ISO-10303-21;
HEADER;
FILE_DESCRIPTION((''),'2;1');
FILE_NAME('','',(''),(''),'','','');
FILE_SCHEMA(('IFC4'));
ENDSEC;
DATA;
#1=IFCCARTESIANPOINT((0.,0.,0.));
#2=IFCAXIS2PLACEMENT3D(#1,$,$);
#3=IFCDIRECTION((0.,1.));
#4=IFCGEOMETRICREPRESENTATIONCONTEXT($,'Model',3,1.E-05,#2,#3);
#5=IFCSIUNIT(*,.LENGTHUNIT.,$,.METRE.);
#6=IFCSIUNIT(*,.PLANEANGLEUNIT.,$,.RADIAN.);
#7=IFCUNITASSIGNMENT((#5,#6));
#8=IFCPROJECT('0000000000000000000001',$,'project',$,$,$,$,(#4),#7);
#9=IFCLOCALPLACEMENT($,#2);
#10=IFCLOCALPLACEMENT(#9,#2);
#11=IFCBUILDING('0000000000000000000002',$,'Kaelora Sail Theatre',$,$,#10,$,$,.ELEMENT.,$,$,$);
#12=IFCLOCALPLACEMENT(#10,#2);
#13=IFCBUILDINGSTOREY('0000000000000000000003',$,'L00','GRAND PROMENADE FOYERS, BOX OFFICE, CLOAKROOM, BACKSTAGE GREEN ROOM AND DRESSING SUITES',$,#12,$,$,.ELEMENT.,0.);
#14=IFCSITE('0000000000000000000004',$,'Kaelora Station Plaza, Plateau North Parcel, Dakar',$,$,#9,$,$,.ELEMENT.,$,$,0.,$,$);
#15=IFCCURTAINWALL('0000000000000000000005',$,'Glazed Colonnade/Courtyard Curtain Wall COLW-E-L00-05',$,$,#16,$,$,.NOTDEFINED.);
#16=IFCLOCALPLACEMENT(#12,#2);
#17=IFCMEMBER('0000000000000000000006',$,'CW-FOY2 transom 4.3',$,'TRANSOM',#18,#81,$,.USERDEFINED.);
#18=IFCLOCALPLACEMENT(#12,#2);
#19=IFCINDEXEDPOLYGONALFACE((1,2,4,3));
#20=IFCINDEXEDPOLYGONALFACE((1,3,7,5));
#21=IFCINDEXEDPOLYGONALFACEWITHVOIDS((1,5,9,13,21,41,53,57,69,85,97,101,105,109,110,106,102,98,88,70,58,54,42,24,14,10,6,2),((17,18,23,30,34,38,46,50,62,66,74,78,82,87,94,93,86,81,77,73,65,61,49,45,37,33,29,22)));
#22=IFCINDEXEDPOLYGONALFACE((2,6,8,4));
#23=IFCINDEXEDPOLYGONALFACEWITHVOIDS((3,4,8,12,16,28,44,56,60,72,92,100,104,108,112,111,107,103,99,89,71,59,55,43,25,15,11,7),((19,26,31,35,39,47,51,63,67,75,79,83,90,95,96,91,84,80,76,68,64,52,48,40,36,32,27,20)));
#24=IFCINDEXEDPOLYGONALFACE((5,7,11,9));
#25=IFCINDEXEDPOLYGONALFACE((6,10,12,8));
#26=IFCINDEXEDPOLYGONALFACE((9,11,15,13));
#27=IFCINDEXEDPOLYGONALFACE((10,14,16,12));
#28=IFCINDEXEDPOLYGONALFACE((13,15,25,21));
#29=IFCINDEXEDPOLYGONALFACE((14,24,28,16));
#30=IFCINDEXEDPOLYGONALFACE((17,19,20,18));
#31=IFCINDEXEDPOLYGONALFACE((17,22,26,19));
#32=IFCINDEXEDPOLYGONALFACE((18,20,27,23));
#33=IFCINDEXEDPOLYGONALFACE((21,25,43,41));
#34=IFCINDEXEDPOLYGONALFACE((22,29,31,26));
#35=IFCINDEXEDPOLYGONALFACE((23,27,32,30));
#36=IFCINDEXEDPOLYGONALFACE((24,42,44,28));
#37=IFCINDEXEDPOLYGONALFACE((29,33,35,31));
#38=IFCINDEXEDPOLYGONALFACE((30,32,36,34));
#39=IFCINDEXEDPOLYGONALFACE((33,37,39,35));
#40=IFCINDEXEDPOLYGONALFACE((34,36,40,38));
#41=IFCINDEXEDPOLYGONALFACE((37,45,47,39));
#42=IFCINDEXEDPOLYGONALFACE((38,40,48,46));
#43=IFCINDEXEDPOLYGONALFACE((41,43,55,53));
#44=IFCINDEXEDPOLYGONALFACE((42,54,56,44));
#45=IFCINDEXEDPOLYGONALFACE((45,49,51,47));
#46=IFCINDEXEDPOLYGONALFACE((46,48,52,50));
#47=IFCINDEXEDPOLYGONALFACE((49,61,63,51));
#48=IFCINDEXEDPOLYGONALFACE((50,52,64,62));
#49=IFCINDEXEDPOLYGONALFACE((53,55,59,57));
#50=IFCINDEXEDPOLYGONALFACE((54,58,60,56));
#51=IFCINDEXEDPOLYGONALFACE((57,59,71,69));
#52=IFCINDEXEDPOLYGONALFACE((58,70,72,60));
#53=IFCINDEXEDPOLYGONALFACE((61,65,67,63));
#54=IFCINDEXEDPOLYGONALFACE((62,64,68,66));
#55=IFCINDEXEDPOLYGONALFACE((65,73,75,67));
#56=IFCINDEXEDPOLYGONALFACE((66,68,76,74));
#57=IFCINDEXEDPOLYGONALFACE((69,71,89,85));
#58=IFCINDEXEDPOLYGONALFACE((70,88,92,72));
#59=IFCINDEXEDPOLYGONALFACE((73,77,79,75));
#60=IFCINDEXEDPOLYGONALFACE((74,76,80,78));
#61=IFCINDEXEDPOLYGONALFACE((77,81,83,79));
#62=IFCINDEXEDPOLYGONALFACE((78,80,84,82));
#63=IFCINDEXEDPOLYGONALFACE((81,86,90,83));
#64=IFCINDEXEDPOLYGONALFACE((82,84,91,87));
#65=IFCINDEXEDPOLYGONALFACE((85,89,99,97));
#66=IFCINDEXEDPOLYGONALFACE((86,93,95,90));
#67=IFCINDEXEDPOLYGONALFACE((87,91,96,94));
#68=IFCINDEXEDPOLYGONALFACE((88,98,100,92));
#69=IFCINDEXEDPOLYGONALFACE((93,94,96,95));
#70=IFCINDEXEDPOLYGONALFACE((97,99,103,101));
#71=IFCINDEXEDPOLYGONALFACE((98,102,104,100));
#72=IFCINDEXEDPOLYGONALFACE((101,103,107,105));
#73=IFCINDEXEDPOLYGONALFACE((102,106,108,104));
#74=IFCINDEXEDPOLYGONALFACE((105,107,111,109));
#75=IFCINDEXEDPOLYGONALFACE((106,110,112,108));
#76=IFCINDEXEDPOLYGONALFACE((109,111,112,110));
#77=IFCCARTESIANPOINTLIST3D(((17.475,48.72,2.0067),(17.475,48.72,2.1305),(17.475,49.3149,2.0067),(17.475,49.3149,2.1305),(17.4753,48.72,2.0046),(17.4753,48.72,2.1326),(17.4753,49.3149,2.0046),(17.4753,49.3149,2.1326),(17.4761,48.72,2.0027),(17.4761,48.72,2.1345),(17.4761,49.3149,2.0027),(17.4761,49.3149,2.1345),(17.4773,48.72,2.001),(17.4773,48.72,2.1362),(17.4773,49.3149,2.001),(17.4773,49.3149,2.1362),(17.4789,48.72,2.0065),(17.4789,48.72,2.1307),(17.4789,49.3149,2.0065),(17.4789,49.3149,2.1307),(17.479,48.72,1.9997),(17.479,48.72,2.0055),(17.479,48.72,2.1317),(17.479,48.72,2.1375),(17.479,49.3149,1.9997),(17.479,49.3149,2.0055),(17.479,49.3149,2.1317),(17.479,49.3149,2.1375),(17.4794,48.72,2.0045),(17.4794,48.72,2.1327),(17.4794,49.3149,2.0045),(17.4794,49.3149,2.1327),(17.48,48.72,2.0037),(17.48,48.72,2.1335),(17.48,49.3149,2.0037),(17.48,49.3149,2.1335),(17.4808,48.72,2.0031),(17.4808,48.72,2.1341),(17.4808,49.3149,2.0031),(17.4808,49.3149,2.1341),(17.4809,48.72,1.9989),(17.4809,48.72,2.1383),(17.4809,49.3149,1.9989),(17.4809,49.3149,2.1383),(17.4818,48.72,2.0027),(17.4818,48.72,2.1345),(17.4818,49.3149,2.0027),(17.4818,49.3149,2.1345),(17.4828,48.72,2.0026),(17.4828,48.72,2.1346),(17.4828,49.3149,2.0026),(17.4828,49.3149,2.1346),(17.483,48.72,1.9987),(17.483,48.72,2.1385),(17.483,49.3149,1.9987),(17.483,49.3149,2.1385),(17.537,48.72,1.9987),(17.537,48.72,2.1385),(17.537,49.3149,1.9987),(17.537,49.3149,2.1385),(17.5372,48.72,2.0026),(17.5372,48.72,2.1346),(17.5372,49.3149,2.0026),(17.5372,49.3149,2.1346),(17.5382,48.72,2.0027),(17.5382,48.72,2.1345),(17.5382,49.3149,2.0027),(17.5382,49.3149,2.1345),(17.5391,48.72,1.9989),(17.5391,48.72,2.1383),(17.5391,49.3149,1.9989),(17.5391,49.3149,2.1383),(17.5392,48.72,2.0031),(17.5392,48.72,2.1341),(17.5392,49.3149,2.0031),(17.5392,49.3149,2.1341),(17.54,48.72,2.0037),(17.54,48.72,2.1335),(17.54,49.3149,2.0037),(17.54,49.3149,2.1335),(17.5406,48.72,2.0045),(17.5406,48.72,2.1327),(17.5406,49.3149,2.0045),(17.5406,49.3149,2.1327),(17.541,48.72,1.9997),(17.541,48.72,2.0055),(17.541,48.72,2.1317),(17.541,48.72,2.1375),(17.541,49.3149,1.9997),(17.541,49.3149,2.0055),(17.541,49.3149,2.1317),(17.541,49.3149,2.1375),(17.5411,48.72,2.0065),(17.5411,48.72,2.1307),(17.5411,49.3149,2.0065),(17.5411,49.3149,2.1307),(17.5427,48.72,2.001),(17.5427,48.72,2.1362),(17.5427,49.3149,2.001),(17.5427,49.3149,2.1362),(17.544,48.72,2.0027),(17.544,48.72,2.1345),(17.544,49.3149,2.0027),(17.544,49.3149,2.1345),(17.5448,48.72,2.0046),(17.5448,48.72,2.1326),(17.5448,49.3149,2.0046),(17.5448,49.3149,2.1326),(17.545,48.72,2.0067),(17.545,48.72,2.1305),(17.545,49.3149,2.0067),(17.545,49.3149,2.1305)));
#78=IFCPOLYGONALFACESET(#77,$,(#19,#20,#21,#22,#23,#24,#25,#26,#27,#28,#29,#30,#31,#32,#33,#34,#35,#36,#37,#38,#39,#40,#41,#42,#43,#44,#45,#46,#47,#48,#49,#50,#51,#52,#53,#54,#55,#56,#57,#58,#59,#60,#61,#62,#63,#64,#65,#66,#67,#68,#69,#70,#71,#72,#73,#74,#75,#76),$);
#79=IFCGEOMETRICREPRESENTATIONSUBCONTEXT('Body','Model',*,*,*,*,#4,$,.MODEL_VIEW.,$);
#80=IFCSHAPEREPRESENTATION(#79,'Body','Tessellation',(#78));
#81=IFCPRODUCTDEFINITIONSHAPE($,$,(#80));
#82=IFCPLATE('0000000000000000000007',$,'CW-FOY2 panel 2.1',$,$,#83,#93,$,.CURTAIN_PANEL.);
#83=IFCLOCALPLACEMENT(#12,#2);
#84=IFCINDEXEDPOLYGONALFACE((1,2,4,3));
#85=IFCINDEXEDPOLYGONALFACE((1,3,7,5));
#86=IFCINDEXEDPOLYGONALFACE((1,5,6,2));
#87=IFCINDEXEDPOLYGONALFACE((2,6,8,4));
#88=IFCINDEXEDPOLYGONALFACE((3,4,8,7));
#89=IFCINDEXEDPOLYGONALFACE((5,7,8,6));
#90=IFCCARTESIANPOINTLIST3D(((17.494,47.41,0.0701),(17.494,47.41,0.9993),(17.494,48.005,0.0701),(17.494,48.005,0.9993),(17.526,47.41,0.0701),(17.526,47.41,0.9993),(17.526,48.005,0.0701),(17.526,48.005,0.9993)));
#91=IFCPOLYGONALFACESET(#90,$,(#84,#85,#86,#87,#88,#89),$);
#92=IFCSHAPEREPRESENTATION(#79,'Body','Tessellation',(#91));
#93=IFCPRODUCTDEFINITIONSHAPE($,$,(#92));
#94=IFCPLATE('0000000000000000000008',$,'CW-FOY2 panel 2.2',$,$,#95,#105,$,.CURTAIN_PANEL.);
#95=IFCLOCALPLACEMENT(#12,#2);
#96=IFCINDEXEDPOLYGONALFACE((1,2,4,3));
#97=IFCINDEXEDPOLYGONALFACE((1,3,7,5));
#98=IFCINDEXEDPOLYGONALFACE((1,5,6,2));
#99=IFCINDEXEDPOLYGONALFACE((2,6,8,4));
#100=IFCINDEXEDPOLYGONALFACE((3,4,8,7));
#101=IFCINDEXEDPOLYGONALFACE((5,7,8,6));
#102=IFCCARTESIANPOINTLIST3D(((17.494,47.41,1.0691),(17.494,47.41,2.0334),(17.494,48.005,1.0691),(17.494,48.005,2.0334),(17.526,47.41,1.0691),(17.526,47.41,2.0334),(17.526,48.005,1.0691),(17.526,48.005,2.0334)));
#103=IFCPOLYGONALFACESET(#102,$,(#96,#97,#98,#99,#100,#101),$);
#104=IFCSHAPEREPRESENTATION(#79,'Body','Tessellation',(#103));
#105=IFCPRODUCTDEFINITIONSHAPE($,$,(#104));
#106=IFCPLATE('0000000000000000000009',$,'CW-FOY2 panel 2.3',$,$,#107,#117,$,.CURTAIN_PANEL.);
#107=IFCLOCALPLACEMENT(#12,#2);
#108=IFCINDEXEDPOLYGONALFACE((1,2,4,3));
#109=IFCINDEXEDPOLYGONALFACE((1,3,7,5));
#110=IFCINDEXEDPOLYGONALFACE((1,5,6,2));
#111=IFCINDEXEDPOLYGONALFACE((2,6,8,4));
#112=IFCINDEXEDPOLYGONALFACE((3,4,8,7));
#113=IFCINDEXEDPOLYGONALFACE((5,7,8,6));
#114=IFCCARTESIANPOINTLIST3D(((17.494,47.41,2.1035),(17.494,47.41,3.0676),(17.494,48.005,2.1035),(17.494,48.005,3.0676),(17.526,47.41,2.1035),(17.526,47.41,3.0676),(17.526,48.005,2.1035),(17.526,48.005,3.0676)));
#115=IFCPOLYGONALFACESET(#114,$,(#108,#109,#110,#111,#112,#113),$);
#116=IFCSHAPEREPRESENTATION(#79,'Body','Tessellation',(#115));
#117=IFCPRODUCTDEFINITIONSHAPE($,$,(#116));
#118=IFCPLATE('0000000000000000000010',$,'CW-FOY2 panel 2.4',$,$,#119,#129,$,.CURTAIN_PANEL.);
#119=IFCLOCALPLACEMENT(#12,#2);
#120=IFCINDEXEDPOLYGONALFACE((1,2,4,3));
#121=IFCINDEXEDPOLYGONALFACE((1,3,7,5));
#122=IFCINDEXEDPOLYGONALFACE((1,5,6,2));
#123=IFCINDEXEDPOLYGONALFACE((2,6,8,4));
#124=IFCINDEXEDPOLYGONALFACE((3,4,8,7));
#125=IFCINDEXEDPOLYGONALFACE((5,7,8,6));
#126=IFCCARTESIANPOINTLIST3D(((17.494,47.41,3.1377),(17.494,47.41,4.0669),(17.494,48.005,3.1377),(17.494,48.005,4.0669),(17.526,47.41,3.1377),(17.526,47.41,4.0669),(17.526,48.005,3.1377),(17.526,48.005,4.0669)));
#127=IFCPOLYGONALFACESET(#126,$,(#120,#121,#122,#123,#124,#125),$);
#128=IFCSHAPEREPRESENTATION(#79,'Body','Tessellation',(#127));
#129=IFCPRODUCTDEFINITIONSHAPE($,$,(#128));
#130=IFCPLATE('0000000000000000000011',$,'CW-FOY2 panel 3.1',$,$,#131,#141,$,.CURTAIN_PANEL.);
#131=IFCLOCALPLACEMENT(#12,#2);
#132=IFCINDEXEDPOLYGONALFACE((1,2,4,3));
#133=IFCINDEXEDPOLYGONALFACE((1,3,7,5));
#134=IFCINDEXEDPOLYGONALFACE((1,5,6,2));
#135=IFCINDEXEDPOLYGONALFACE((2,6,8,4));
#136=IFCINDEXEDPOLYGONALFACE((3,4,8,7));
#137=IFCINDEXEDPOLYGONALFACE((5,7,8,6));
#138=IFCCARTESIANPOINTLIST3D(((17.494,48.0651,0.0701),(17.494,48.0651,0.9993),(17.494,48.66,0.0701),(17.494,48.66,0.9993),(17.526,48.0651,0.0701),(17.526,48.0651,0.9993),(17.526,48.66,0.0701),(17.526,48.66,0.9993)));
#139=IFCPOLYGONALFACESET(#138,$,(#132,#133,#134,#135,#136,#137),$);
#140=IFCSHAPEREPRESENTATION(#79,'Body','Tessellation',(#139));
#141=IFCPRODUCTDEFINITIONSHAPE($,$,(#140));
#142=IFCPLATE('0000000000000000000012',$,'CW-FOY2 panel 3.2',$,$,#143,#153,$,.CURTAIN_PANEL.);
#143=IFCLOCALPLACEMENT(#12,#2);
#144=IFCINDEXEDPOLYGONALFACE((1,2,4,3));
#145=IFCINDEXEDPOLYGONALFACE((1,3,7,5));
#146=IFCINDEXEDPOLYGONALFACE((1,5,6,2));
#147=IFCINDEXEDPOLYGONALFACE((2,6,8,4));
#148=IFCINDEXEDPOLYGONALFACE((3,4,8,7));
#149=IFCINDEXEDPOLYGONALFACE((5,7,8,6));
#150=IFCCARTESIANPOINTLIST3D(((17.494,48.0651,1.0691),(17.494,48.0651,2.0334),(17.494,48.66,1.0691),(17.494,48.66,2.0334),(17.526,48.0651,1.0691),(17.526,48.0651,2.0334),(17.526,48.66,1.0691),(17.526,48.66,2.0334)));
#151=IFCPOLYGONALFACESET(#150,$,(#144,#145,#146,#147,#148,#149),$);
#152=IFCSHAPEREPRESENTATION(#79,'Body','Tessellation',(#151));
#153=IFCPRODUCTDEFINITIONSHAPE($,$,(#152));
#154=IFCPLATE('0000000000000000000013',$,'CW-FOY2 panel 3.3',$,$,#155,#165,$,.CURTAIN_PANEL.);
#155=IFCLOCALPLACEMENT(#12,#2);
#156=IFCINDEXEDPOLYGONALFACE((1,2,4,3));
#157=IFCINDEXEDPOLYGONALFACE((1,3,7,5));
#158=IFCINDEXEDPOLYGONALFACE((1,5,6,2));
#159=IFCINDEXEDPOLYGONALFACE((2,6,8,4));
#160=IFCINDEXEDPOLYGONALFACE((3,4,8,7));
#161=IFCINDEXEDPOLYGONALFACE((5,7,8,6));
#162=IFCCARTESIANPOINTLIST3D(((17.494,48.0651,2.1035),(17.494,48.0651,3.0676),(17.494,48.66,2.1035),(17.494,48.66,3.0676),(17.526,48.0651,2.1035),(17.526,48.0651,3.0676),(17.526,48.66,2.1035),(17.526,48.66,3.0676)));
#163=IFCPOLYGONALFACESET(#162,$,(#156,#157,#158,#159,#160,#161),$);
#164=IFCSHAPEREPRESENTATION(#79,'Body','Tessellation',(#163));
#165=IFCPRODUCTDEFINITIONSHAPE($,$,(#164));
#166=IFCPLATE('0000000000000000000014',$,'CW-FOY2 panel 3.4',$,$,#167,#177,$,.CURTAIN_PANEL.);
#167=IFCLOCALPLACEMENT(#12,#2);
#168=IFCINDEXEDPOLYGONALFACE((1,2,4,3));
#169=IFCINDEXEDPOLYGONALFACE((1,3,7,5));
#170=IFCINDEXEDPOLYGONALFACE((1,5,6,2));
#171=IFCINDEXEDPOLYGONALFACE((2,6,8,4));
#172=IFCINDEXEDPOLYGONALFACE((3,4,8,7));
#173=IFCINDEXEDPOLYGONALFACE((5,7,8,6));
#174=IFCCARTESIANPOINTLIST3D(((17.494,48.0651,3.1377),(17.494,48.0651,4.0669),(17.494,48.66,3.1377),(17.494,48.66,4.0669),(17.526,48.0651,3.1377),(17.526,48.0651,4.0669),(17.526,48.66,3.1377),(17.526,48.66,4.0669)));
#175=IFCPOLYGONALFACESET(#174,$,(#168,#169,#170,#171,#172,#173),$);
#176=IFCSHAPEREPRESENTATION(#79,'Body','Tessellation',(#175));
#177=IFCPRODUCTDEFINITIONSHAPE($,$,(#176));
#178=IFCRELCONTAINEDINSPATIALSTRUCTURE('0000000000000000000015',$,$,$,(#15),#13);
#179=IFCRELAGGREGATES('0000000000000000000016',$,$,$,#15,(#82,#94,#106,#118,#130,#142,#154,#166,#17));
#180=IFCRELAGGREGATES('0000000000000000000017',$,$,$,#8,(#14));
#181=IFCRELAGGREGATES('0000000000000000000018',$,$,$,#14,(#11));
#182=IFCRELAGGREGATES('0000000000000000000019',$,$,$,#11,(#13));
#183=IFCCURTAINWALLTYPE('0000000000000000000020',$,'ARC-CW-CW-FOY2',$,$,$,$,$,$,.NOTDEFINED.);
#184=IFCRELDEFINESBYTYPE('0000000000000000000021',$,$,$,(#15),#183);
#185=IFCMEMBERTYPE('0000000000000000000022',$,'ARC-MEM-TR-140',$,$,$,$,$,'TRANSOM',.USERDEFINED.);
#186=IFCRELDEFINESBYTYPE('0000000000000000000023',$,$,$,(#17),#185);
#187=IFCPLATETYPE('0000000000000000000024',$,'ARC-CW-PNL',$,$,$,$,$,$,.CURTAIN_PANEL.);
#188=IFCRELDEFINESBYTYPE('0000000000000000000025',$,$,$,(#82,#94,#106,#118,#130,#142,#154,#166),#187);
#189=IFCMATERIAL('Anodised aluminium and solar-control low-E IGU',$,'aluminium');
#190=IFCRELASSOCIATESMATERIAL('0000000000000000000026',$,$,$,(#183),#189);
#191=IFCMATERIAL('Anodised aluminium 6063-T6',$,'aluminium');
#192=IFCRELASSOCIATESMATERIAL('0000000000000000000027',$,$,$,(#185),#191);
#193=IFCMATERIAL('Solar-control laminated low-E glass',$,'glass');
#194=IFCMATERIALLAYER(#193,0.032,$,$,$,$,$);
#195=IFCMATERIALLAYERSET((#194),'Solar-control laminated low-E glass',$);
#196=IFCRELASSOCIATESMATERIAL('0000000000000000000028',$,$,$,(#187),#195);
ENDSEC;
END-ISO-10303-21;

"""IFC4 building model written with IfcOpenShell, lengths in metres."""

from ifc_helpers import new_model, si_unit, direction, frame, origin, origin_2d, place, context, subcontext, project, spatial, rectangle, hollow_rectangle, extrude, material, layer, layer_set, material_profile, profile_set, type_object, element, aggregate, save


model = new_model("IFC4")

# Units and contexts
model_context = context("Model", 3, precision=1e-05, world=origin(), true_north=direction((0.0, 1.0)))
body_context = subcontext(model_context, "Body", "Model", "MODEL_VIEW")
ifc_project = project(units=[si_unit("LENGTHUNIT", "METRE"), si_unit("PLANEANGLEUNIT", "RADIAN")], contexts=[model_context])

# Site, building, storey
site_placement = place(None, origin())
site = spatial("IfcSite", under=ifc_project, at=site_placement, Name="Kaelora Station Plaza, Plateau North Parcel, Dakar", CompositionType="ELEMENT", RefElevation=0.0)
building_placement = place(site_placement, origin())
building = spatial("IfcBuilding", under=site, at=building_placement, Name="Kaelora Sail Theatre", CompositionType="ELEMENT")
storey_placement = place(building_placement, origin())
storey = spatial("IfcBuildingStorey", under=building, at=storey_placement, Name="L00", Description="GRAND PROMENADE FOYERS, BOX OFFICE, CLOAKROOM, BACKSTAGE GREEN ROOM AND DRESSING SUITES", CompositionType="ELEMENT", Elevation=0.0)

# Curtain wall, member, plates
ifc_material_1 = material(Name="Anodised aluminium and solar-control low-E IGU", Category="aluminium")
curtain_wall_type = type_object("IfcCurtainWallType", Name="ARC-CW-CW-FOY2", PredefinedType="NOTDEFINED", material=ifc_material_1)
curtain_wall_placement = place(storey_placement, origin())
curtain_wall = element("IfcCurtainWall", 1, at=curtain_wall_placement, inside=storey, type_object=curtain_wall_type, Name="Glazed Colonnade/Courtyard Curtain Wall COLW-E-L00-05", PredefinedType="NOTDEFINED")
ifc_material_2 = material(Name="Anodised aluminium 6063-T6", Category="aluminium")
ifc_material_profile_1 = material_profile(ifc_material_2, hollow_rectangle(XDim=0.0701, YDim=0.1399, WallThickness=0.0039, InnerFilletRadius=0.0039, OuterFilletRadius=0.0081, at=origin_2d()), Name="ALU-TRAN 70x140x4")
ifc_profile_set_1 = profile_set([ifc_material_profile_1], Name="Anodised aluminium 6063-T6")
member_type_1 = type_object("IfcMemberType", Name="ARC-MEM-TR-140", ElementType="TRANSOM", PredefinedType="USERDEFINED", material=ifc_profile_set_1)
member_1_placement = place(storey_placement, frame((17.51, 48.72, 2.0686), z_axis=(0.0, 1.0, 0.0), x_axis=(-1.0, 0.0, 0.0)))
member_1 = element("IfcMember", 2, at=member_1_placement, type_object=member_type_1, Name="CW-FOY2 transom 4.3", ObjectType="TRANSOM", PredefinedType="USERDEFINED", context=body_context, shape_type="SweptSolid", body=[
    extrude(hollow_rectangle(XDim=0.0701, YDim=0.1399, WallThickness=0.0039, InnerFilletRadius=0.0039, OuterFilletRadius=0.0081, at=origin_2d()), origin(), (0.0, 0.0, 1.0), 0.595),
])
ifc_material_3 = material(Name="Solar-control laminated low-E glass", Category="glass")
ifc_layer = layer(ifc_material_3, 0.032)
ifc_layer_set = layer_set([ifc_layer], Name="Solar-control laminated low-E glass")
plate_type = type_object("IfcPlateType", Name="ARC-CW-PNL", PredefinedType="CURTAIN_PANEL", material=ifc_layer_set)
plate_1_placement = place(storey_placement, frame((17.51, 47.7075, 0.0701), z_axis=(0.0, 0.0, 1.0), x_axis=(0.0, 1.0, 0.0)))
plate_1 = element("IfcPlate", 3, at=plate_1_placement, type_object=plate_type, Name="CW-FOY2 panel 2.1", PredefinedType="CURTAIN_PANEL", context=body_context, shape_type="SweptSolid", body=[
    extrude(rectangle(XDim=0.595, YDim=0.032, at=origin_2d()), origin(), (0.0, 0.0, 1.0), 0.9292),
])
plate_2_placement = place(storey_placement, frame((17.51, 47.7075, 1.0691), z_axis=(0.0, 0.0, 1.0), x_axis=(0.0, 1.0, 0.0)))
plate_2 = element("IfcPlate", 4, at=plate_2_placement, type_object=plate_type, Name="CW-FOY2 panel 2.2", PredefinedType="CURTAIN_PANEL", context=body_context, shape_type="SweptSolid", body=[
    extrude(rectangle(XDim=0.595, YDim=0.032, at=origin_2d()), origin(), (0.0, 0.0, 1.0), 0.9644),
])
plate_3_placement = place(storey_placement, frame((17.51, 47.7075, 2.1035), z_axis=(0.0, 0.0, 1.0), x_axis=(0.0, 1.0, 0.0)))
plate_3 = element("IfcPlate", 5, at=plate_3_placement, type_object=plate_type, Name="CW-FOY2 panel 2.3", PredefinedType="CURTAIN_PANEL", context=body_context, shape_type="SweptSolid", body=[
    extrude(rectangle(XDim=0.595, YDim=0.032, at=origin_2d()), origin(), (0.0, 0.0, 1.0), 0.9641),
])
plate_4_placement = place(storey_placement, frame((17.51, 47.7075, 3.1377), z_axis=(0.0, 0.0, 1.0), x_axis=(0.0, 1.0, 0.0)))
plate_4 = element("IfcPlate", 6, at=plate_4_placement, type_object=plate_type, Name="CW-FOY2 panel 2.4", PredefinedType="CURTAIN_PANEL", context=body_context, shape_type="SweptSolid", body=[
    extrude(rectangle(XDim=0.595, YDim=0.032, at=origin_2d()), origin(), (0.0, 0.0, 1.0), 0.9292),
])
plate_5_placement = place(storey_placement, frame((17.51, 48.3625, 0.0701), z_axis=(0.0, 0.0, 1.0), x_axis=(0.0, 1.0, 0.0)))
plate_5 = element("IfcPlate", 7, at=plate_5_placement, type_object=plate_type, Name="CW-FOY2 panel 3.1", PredefinedType="CURTAIN_PANEL", context=body_context, shape_type="SweptSolid", body=[
    extrude(rectangle(XDim=0.595, YDim=0.032, at=origin_2d()), origin(), (0.0, 0.0, 1.0), 0.9292),
])
plate_6_placement = place(storey_placement, frame((17.51, 48.3625, 1.0691), z_axis=(0.0, 0.0, 1.0), x_axis=(0.0, 1.0, 0.0)))
plate_6 = element("IfcPlate", 8, at=plate_6_placement, type_object=plate_type, Name="CW-FOY2 panel 3.2", PredefinedType="CURTAIN_PANEL", context=body_context, shape_type="SweptSolid", body=[
    extrude(rectangle(XDim=0.595, YDim=0.032, at=origin_2d()), origin(), (0.0, 0.0, 1.0), 0.9644),
])
plate_7_placement = place(storey_placement, frame((17.51, 48.3625, 2.1035), z_axis=(0.0, 0.0, 1.0), x_axis=(0.0, 1.0, 0.0)))
plate_7 = element("IfcPlate", 9, at=plate_7_placement, type_object=plate_type, Name="CW-FOY2 panel 3.3", PredefinedType="CURTAIN_PANEL", context=body_context, shape_type="SweptSolid", body=[
    extrude(rectangle(XDim=0.595, YDim=0.032, at=origin_2d()), origin(), (0.0, 0.0, 1.0), 0.9641),
])
plate_8_placement = place(storey_placement, frame((17.51, 48.3625, 3.1377), z_axis=(0.0, 0.0, 1.0), x_axis=(0.0, 1.0, 0.0)))
plate_8 = element("IfcPlate", 10, at=plate_8_placement, type_object=plate_type, Name="CW-FOY2 panel 3.4", PredefinedType="CURTAIN_PANEL", context=body_context, shape_type="SweptSolid", body=[
    extrude(rectangle(XDim=0.595, YDim=0.032, at=origin_2d()), origin(), (0.0, 0.0, 1.0), 0.9292),
])
aggregate(curtain_wall, [plate_1, plate_2, plate_3, plate_4, plate_5, plate_6, plate_7, plate_8, member_1])

save(model, "model.ifc")
